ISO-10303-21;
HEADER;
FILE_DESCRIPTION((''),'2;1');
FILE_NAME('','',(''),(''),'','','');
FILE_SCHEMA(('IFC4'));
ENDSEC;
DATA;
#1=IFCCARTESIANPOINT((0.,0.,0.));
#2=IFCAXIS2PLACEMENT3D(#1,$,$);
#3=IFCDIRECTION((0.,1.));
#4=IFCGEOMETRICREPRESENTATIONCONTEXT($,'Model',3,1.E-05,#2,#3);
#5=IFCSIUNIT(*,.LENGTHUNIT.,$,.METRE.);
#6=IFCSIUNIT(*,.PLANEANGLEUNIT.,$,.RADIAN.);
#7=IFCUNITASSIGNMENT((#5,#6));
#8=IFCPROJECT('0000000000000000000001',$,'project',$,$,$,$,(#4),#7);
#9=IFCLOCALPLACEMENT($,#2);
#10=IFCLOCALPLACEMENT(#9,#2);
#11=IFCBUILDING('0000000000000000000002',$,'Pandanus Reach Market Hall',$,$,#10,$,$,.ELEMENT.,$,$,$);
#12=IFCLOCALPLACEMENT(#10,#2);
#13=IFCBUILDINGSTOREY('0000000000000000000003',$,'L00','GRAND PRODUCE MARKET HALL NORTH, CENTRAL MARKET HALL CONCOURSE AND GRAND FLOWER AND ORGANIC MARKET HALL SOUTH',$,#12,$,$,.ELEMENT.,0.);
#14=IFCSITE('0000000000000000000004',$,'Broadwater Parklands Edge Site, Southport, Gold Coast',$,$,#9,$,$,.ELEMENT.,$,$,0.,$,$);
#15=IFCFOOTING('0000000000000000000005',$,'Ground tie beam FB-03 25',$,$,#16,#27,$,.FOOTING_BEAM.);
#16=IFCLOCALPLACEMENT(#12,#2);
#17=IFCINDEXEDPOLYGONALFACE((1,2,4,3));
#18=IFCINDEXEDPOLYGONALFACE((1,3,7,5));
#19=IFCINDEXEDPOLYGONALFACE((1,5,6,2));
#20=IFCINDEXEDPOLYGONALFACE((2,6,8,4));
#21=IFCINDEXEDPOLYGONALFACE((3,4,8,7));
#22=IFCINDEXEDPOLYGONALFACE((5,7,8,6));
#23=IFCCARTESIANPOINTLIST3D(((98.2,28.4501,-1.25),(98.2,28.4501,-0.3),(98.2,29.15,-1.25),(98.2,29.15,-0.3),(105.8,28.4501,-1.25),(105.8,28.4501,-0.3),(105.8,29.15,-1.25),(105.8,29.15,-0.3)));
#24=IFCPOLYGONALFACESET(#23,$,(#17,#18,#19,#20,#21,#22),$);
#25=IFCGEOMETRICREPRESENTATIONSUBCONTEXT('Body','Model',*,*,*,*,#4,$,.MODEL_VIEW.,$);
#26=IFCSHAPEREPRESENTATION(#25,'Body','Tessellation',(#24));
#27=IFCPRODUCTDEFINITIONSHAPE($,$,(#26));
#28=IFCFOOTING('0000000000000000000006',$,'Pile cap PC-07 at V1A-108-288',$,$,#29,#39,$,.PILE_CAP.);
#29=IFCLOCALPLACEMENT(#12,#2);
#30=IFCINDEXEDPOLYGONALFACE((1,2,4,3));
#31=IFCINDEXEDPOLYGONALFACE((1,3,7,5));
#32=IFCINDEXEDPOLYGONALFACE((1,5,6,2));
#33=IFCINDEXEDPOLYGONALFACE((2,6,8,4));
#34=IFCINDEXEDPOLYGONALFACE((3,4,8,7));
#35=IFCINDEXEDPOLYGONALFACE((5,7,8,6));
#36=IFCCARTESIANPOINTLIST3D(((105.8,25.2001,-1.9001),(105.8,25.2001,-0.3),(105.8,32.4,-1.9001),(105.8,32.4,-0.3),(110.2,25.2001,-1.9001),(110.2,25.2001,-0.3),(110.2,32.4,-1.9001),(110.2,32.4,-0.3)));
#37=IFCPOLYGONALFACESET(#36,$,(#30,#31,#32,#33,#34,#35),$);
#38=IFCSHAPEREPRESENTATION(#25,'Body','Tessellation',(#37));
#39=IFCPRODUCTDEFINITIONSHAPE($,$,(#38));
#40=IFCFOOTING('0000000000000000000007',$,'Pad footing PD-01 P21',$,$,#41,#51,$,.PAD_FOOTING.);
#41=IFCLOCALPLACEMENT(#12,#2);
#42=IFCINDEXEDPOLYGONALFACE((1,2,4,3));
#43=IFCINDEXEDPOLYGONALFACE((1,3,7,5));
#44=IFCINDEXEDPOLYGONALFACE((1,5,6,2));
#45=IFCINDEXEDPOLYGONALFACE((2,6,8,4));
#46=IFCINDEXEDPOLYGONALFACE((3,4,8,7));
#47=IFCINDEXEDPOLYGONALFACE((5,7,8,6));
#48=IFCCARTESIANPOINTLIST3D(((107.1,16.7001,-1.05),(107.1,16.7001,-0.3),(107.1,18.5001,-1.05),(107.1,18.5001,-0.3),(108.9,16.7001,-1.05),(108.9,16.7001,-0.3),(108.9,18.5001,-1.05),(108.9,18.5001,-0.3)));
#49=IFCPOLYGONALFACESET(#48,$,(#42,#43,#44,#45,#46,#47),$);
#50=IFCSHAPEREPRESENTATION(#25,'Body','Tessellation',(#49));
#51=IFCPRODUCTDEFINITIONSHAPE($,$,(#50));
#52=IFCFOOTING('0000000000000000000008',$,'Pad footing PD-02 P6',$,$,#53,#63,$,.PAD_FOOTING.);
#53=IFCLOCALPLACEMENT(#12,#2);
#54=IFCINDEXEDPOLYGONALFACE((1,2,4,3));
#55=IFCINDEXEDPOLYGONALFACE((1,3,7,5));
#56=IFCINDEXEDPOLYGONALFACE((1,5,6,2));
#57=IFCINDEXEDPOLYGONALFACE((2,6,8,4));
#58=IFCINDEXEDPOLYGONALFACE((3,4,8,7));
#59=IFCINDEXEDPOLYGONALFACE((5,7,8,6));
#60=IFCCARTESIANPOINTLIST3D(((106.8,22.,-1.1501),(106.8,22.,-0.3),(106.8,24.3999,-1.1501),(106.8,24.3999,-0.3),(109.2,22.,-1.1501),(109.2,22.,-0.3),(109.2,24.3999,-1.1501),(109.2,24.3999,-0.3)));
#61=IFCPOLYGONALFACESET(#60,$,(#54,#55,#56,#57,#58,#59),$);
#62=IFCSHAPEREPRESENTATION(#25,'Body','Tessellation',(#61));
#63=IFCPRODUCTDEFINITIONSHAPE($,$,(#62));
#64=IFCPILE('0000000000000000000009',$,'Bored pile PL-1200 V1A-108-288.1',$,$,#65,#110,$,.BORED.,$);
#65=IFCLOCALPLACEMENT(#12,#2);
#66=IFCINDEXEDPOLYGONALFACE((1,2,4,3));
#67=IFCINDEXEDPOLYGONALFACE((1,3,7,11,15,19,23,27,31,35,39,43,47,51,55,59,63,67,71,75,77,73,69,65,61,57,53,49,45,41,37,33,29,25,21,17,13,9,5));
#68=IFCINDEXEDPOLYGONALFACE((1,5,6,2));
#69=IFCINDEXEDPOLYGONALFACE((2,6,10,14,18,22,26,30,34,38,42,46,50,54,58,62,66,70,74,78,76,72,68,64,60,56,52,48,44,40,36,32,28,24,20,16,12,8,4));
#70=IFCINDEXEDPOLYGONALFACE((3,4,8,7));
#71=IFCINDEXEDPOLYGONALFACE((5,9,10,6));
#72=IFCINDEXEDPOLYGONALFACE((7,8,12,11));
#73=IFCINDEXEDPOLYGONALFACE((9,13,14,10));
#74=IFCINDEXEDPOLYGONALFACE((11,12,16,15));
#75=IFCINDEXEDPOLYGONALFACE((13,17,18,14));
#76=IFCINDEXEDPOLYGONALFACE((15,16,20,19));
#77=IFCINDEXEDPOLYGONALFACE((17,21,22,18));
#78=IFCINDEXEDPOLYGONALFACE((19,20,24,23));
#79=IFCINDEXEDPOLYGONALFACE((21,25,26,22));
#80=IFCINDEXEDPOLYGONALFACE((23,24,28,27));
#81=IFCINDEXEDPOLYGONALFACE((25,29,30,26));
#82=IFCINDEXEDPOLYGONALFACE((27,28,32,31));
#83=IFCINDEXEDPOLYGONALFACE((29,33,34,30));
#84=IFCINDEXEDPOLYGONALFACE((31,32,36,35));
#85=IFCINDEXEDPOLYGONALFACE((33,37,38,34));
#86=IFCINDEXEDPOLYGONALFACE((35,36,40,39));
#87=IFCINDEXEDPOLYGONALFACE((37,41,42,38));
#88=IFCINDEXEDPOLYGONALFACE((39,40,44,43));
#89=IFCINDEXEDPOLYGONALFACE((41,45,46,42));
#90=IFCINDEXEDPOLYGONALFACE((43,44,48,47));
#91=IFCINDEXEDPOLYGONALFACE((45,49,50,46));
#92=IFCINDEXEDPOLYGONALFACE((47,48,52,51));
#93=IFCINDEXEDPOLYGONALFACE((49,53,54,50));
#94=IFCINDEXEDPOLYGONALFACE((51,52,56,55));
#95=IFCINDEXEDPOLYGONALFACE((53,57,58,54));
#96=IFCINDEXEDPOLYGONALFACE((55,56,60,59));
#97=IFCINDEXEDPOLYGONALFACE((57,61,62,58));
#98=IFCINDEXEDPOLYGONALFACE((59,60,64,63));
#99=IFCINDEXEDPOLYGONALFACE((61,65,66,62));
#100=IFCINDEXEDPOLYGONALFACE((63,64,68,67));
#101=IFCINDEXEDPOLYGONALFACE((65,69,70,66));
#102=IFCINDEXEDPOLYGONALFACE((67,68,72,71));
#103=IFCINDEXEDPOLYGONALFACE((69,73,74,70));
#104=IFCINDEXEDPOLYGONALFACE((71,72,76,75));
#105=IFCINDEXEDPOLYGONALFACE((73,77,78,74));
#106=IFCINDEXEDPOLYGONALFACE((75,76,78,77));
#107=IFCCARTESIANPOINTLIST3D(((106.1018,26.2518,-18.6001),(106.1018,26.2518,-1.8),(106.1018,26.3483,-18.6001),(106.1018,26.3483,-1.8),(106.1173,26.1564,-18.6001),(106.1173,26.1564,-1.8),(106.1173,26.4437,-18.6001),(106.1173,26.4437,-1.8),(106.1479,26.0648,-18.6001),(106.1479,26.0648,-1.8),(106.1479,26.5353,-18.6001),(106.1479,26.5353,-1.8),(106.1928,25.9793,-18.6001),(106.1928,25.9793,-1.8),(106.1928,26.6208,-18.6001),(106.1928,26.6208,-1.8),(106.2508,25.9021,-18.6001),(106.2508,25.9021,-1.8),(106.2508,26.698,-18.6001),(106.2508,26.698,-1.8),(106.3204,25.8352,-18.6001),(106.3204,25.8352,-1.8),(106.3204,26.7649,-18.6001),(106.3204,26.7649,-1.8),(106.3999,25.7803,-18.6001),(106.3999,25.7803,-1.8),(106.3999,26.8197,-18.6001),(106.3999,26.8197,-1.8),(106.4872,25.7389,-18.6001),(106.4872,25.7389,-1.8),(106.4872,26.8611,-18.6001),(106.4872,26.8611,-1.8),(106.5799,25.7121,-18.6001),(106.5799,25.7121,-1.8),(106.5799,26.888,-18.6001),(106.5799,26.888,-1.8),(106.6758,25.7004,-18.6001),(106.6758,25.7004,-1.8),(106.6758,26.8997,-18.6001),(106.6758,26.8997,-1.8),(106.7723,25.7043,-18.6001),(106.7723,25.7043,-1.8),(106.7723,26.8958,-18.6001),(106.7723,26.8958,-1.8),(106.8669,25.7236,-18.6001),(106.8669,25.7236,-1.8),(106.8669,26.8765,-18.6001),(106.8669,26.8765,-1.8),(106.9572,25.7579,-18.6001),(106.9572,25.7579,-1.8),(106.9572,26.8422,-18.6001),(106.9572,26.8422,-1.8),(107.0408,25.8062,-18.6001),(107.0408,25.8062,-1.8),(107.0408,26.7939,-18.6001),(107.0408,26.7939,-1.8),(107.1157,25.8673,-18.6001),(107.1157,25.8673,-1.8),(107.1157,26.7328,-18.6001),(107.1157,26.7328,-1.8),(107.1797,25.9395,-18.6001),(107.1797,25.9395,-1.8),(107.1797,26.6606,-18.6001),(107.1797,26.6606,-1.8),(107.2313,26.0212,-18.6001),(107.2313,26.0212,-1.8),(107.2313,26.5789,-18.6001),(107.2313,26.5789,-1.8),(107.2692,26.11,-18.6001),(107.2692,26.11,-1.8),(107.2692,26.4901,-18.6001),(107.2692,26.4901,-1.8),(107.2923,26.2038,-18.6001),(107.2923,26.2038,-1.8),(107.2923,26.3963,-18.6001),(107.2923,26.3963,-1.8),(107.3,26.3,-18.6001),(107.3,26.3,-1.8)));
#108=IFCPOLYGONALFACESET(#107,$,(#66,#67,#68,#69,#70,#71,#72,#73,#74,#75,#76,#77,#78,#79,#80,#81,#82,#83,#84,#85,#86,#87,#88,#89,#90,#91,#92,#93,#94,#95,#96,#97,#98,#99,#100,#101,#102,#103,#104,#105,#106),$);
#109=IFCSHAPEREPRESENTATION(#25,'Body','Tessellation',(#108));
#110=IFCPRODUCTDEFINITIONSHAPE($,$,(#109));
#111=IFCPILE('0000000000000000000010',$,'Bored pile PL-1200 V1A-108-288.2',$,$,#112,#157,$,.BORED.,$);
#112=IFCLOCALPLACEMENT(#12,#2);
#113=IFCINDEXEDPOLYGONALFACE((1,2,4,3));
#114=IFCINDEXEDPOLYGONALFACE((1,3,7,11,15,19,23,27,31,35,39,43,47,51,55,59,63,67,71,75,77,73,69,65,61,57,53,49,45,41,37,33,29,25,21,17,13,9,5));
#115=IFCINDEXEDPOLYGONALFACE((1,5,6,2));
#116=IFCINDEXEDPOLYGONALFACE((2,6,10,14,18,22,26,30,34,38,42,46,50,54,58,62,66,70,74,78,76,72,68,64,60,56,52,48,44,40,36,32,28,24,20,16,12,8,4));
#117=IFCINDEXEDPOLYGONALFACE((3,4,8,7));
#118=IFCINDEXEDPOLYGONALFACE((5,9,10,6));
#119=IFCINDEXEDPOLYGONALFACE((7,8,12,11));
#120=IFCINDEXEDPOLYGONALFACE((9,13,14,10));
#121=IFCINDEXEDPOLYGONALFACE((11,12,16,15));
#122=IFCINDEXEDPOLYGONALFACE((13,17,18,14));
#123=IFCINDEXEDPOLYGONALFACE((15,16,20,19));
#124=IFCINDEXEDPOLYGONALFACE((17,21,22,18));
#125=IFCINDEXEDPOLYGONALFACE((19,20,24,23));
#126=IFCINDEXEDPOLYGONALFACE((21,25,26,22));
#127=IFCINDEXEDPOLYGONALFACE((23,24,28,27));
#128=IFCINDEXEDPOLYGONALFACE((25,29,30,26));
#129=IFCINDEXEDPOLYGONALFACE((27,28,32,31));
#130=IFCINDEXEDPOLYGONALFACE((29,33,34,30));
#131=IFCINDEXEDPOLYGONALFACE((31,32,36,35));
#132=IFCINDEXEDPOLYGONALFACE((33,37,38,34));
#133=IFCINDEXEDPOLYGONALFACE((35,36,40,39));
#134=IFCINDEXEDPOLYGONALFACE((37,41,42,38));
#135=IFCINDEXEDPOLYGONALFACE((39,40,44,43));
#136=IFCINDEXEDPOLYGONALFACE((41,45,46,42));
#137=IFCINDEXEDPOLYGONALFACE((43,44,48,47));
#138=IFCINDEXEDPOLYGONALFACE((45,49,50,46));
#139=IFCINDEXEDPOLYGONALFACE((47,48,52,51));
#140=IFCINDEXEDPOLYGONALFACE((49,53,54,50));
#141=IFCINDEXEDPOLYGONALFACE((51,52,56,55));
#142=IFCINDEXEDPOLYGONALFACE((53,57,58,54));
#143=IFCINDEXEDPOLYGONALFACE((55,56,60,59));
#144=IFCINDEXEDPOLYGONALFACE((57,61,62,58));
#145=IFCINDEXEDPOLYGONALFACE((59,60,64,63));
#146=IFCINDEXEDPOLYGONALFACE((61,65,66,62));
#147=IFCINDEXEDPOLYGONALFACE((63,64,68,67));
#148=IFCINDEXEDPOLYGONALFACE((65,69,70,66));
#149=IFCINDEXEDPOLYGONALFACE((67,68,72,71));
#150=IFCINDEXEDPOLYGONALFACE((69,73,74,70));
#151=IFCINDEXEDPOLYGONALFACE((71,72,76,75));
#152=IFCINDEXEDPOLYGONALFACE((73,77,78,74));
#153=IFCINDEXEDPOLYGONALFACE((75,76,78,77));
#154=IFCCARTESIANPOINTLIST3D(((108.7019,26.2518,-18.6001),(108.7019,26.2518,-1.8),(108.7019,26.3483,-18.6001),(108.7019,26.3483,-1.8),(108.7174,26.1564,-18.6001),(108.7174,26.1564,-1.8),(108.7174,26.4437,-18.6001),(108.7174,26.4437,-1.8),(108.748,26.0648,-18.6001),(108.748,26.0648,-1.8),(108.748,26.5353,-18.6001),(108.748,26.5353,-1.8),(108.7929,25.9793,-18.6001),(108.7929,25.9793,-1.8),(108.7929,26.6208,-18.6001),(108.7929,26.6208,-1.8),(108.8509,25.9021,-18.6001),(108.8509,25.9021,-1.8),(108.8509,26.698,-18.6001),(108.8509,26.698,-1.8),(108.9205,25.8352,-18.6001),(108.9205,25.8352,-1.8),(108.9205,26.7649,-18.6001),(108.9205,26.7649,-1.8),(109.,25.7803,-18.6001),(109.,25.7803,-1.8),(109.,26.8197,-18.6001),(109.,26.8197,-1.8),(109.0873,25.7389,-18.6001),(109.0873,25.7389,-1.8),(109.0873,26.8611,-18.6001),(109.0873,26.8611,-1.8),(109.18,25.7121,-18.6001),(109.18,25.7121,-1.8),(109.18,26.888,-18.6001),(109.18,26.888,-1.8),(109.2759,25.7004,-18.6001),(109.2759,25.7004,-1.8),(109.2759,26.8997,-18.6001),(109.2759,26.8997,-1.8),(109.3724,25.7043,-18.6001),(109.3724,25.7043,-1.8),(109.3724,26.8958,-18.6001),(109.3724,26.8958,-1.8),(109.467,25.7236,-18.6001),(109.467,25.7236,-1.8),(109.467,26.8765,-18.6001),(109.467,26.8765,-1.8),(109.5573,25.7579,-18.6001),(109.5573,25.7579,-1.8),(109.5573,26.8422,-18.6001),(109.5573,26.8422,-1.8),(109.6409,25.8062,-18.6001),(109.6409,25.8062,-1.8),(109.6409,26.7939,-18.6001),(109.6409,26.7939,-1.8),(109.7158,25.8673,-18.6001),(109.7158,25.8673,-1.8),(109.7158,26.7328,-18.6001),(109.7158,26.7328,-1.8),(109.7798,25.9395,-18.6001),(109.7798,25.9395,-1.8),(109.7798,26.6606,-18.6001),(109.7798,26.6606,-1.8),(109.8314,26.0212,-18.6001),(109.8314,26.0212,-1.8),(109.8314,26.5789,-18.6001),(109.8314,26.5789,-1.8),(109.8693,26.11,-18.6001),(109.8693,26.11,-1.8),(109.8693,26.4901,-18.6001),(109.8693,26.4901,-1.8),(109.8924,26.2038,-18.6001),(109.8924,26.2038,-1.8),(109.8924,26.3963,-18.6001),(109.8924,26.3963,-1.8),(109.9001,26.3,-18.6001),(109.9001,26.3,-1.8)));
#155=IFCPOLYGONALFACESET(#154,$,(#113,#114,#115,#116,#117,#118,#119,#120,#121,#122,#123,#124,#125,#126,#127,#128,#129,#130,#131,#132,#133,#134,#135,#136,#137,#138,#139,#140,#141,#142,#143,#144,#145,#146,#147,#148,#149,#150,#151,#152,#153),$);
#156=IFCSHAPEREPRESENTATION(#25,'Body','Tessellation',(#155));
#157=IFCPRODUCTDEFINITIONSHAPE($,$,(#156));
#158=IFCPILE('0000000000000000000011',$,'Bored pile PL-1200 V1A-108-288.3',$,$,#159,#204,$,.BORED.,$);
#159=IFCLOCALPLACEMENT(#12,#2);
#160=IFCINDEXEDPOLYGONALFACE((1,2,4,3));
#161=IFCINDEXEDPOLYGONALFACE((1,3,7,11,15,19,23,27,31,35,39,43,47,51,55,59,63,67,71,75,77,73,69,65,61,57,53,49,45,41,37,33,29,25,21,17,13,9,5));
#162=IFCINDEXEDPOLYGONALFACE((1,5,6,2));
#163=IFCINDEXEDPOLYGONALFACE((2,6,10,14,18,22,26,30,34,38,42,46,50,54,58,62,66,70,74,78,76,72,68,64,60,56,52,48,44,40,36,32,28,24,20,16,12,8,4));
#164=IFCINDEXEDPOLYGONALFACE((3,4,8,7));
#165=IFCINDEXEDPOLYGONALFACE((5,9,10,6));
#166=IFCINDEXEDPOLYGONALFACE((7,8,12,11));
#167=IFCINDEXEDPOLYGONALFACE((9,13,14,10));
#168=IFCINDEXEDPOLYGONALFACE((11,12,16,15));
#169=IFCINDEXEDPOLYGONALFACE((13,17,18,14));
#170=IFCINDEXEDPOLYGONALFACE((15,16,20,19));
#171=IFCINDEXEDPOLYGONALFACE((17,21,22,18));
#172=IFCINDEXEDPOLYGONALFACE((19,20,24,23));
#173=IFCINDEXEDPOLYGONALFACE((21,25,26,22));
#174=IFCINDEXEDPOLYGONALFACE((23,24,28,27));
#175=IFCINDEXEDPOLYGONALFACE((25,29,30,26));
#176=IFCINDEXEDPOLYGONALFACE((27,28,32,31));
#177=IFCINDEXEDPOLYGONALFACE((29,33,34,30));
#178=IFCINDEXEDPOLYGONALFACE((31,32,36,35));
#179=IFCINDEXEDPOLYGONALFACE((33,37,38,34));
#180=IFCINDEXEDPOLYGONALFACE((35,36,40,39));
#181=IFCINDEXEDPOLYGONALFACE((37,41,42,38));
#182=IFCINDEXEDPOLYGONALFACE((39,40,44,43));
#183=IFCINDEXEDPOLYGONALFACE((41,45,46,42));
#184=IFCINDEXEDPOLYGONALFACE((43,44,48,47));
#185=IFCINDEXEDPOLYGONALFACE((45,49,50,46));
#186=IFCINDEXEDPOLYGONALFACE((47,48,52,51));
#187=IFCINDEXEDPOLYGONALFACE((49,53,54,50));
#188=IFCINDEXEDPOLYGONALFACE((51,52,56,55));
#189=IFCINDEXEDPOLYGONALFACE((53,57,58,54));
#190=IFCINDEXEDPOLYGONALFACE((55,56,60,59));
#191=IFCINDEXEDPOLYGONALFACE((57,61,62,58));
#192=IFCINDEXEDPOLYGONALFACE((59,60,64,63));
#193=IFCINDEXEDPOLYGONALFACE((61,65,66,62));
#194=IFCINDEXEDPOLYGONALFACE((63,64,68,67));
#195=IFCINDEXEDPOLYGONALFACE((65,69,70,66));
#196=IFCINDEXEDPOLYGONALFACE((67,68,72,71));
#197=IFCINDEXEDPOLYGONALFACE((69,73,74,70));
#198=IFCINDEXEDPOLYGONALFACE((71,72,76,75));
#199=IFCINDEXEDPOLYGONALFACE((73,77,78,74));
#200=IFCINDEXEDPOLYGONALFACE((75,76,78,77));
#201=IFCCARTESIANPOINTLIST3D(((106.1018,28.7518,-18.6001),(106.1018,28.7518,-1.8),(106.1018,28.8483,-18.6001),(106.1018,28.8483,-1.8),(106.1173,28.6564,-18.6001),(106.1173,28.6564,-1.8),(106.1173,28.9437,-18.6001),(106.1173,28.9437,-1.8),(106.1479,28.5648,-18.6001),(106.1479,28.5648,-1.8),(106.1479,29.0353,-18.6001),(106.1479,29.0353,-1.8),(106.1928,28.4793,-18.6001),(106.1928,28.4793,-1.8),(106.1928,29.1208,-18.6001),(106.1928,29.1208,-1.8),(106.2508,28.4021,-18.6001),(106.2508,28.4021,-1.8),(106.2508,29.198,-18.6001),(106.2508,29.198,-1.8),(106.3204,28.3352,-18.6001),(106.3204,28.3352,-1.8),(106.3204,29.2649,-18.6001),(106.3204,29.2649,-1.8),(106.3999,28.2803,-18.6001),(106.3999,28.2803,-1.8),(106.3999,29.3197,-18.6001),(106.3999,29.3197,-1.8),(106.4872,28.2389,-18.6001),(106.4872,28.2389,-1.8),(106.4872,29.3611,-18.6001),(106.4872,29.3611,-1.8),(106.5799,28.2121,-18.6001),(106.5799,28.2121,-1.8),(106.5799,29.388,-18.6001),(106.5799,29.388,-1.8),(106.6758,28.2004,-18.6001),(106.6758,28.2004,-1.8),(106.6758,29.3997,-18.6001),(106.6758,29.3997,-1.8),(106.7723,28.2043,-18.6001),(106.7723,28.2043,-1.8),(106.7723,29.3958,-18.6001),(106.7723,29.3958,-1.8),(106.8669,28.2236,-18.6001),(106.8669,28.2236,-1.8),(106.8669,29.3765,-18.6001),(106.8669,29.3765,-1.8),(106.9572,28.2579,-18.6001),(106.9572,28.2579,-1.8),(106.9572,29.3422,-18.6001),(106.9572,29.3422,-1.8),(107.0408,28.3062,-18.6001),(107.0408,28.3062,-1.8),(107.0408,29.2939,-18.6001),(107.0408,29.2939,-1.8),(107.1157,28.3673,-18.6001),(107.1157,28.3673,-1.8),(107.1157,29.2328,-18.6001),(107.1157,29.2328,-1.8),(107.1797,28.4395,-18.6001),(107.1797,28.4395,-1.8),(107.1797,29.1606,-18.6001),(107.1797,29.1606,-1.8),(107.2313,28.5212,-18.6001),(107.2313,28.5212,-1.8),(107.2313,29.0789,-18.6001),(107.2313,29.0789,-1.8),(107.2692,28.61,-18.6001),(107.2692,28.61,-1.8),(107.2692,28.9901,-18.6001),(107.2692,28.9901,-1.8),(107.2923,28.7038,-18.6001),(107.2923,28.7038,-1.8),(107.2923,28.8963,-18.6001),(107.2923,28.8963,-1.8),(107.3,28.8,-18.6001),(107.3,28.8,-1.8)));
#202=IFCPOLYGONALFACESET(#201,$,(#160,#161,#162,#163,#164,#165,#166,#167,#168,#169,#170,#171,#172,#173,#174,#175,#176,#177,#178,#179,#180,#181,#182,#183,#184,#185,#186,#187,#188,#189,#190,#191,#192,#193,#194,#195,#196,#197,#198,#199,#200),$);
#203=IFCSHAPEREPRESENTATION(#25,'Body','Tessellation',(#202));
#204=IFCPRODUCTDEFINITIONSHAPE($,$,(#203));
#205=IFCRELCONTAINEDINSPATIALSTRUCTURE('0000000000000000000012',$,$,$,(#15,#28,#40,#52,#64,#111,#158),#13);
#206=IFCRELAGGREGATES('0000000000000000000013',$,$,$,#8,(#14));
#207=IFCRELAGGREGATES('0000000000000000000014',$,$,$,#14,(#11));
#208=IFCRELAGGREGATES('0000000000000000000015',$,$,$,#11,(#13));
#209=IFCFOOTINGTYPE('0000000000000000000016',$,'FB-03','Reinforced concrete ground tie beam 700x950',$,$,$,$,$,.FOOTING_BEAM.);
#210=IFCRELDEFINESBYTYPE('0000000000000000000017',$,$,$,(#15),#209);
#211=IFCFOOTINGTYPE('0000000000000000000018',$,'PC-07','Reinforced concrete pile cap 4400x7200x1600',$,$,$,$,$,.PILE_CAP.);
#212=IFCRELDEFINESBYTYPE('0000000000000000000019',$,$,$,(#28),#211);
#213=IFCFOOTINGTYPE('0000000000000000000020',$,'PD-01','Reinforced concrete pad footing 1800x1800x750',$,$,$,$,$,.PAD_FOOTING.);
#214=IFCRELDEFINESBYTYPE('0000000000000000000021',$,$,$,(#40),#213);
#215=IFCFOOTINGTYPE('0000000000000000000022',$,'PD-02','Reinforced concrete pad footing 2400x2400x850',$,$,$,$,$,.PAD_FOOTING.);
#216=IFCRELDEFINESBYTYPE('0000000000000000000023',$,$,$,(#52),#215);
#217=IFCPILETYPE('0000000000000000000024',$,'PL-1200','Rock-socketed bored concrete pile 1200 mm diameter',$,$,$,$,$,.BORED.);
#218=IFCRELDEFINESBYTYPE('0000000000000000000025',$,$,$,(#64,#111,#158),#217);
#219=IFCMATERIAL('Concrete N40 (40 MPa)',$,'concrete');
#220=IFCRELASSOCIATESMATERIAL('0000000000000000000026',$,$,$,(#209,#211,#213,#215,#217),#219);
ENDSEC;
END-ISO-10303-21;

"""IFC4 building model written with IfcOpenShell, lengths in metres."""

from ifc_helpers import new_model, si_unit, direction, frame, origin, origin_2d, place, context, subcontext, project, spatial, rectangle, circle, extrude, material, material_profile, profile_set, type_object, element, save


model = new_model("IFC4")

# Units and contexts
model_context = context("Model", 3, precision=1e-05, world=origin(), true_north=direction((0.0, 1.0)))
body_context = subcontext(model_context, "Body", "Model", "MODEL_VIEW")
ifc_project = project(units=[si_unit("LENGTHUNIT", "METRE"), si_unit("PLANEANGLEUNIT", "RADIAN")], contexts=[model_context])

# Site, building, storey
site_placement = place(None, origin())
site = spatial("IfcSite", under=ifc_project, at=site_placement, Name="Broadwater Parklands Edge Site, Southport, Gold Coast", CompositionType="ELEMENT", RefElevation=0.0)
building_placement = place(site_placement, origin())
building = spatial("IfcBuilding", under=site, at=building_placement, Name="Pandanus Reach Market Hall", CompositionType="ELEMENT")
storey_placement = place(building_placement, origin())
storey = spatial("IfcBuildingStorey", under=building, at=storey_placement, Name="L00", Description="GRAND PRODUCE MARKET HALL NORTH, CENTRAL MARKET HALL CONCOURSE AND GRAND FLOWER AND ORGANIC MARKET HALL SOUTH", CompositionType="ELEMENT", Elevation=0.0)

# Footings
ifc_material_1 = material(Name="Concrete N40 (40 MPa)", Category="concrete")
footing_type_1 = type_object("IfcFootingType", Name="FB-03", Description="Reinforced concrete ground tie beam 700x950", PredefinedType="FOOTING_BEAM", material=ifc_material_1)
footing_1_placement = place(storey_placement, frame((102.0, 28.8, -1.25), z_axis=(0.0, 0.0, 1.0), x_axis=(1.0, 0.0, 0.0)))
element("IfcFooting", 1, at=footing_1_placement, inside=storey, type_object=footing_type_1, Name="Ground tie beam FB-03 25", PredefinedType="FOOTING_BEAM", context=body_context, shape_type="SweptSolid", body=[
    extrude(rectangle(XDim=7.6001, YDim=0.7, at=origin_2d()), origin(), (0.0, 0.0, 1.0), 0.95),
])
footing_type_2 = type_object("IfcFootingType", Name="PC-07", Description="Reinforced concrete pile cap 4400x7200x1600", PredefinedType="PILE_CAP", material=ifc_material_1)
footing_2_placement = place(storey_placement, frame((108.0, 28.8, -1.9001), z_axis=(0.0, 0.0, 1.0), x_axis=(1.0, 0.0, 0.0)))
element("IfcFooting", 2, at=footing_2_placement, inside=storey, type_object=footing_type_2, Name="Pile cap PC-07 at V1A-108-288", PredefinedType="PILE_CAP", context=body_context, shape_type="SweptSolid", body=[
    extrude(rectangle(XDim=4.3999, YDim=7.2, at=origin_2d()), origin(), (0.0, 0.0, 1.0), 1.6001),
])
footing_type_3 = type_object("IfcFootingType", Name="PD-01", Description="Reinforced concrete pad footing 1800x1800x750", PredefinedType="PAD_FOOTING", material=ifc_material_1)
footing_3_placement = place(storey_placement, frame((108.0, 17.6001, -1.05), z_axis=(0.0, 0.0, 1.0), x_axis=(1.0, 0.0, 0.0)))
element("IfcFooting", 3, at=footing_3_placement, inside=storey, type_object=footing_type_3, Name="Pad footing PD-01 P21", PredefinedType="PAD_FOOTING", context=body_context, shape_type="SweptSolid", body=[
    extrude(rectangle(XDim=1.8, YDim=1.8, at=origin_2d()), origin(), (0.0, 0.0, 1.0), 0.75),
])
footing_type_4 = type_object("IfcFootingType", Name="PD-02", Description="Reinforced concrete pad footing 2400x2400x850", PredefinedType="PAD_FOOTING", material=ifc_material_1)
footing_4_placement = place(storey_placement, frame((108.0, 23.2, -1.1501), z_axis=(0.0, 0.0, 1.0), x_axis=(1.0, 0.0, 0.0)))
element("IfcFooting", 4, at=footing_4_placement, inside=storey, type_object=footing_type_4, Name="Pad footing PD-02 P6", PredefinedType="PAD_FOOTING", context=body_context, shape_type="SweptSolid", body=[
    extrude(rectangle(XDim=2.3999, YDim=2.3999, at=origin_2d()), origin(), (0.0, 0.0, 1.0), 0.8501),
])

# Piles
ifc_material_profile_1 = material_profile(ifc_material_1, circle(Radius=0.6001, at=origin_2d()), Name="PILE-1200D", Category="LoadBearing")
ifc_profile_set_1 = profile_set([ifc_material_profile_1], Name="Concrete N40 (40 MPa)")
pile_type = type_object("IfcPileType", Name="PL-1200", Description="Rock-socketed bored concrete pile 1200 mm diameter", PredefinedType="BORED", material=ifc_profile_set_1)
for number, where, z_axis, x_axis, name in (
    (5, (106.7, 26.3, -1.8), (0.0, 0.0, -1.0), (1.0, 0.0, 0.0), "Bored pile PL-1200 V1A-108-288.1"),
    (6, (109.3, 26.3, -1.8), (0.0, 0.0, -1.0), (1.0, 0.0, 0.0), "Bored pile PL-1200 V1A-108-288.2"),
    (7, (106.7, 28.8, -1.8), (0.0, 0.0, -1.0), (1.0, 0.0, 0.0), "Bored pile PL-1200 V1A-108-288.3"),
):
    element("IfcPile", number, at=place(storey_placement, frame(where, z_axis=z_axis, x_axis=x_axis)), inside=storey, type_object=pile_type, Name=name, PredefinedType="BORED", context=body_context, shape_type="SweptSolid", body=[
        extrude(circle(Radius=0.6001, at=origin_2d()), origin(), (0.0, 0.0, 1.0), 16.8),
    ])

save(model, "model.ifc")
